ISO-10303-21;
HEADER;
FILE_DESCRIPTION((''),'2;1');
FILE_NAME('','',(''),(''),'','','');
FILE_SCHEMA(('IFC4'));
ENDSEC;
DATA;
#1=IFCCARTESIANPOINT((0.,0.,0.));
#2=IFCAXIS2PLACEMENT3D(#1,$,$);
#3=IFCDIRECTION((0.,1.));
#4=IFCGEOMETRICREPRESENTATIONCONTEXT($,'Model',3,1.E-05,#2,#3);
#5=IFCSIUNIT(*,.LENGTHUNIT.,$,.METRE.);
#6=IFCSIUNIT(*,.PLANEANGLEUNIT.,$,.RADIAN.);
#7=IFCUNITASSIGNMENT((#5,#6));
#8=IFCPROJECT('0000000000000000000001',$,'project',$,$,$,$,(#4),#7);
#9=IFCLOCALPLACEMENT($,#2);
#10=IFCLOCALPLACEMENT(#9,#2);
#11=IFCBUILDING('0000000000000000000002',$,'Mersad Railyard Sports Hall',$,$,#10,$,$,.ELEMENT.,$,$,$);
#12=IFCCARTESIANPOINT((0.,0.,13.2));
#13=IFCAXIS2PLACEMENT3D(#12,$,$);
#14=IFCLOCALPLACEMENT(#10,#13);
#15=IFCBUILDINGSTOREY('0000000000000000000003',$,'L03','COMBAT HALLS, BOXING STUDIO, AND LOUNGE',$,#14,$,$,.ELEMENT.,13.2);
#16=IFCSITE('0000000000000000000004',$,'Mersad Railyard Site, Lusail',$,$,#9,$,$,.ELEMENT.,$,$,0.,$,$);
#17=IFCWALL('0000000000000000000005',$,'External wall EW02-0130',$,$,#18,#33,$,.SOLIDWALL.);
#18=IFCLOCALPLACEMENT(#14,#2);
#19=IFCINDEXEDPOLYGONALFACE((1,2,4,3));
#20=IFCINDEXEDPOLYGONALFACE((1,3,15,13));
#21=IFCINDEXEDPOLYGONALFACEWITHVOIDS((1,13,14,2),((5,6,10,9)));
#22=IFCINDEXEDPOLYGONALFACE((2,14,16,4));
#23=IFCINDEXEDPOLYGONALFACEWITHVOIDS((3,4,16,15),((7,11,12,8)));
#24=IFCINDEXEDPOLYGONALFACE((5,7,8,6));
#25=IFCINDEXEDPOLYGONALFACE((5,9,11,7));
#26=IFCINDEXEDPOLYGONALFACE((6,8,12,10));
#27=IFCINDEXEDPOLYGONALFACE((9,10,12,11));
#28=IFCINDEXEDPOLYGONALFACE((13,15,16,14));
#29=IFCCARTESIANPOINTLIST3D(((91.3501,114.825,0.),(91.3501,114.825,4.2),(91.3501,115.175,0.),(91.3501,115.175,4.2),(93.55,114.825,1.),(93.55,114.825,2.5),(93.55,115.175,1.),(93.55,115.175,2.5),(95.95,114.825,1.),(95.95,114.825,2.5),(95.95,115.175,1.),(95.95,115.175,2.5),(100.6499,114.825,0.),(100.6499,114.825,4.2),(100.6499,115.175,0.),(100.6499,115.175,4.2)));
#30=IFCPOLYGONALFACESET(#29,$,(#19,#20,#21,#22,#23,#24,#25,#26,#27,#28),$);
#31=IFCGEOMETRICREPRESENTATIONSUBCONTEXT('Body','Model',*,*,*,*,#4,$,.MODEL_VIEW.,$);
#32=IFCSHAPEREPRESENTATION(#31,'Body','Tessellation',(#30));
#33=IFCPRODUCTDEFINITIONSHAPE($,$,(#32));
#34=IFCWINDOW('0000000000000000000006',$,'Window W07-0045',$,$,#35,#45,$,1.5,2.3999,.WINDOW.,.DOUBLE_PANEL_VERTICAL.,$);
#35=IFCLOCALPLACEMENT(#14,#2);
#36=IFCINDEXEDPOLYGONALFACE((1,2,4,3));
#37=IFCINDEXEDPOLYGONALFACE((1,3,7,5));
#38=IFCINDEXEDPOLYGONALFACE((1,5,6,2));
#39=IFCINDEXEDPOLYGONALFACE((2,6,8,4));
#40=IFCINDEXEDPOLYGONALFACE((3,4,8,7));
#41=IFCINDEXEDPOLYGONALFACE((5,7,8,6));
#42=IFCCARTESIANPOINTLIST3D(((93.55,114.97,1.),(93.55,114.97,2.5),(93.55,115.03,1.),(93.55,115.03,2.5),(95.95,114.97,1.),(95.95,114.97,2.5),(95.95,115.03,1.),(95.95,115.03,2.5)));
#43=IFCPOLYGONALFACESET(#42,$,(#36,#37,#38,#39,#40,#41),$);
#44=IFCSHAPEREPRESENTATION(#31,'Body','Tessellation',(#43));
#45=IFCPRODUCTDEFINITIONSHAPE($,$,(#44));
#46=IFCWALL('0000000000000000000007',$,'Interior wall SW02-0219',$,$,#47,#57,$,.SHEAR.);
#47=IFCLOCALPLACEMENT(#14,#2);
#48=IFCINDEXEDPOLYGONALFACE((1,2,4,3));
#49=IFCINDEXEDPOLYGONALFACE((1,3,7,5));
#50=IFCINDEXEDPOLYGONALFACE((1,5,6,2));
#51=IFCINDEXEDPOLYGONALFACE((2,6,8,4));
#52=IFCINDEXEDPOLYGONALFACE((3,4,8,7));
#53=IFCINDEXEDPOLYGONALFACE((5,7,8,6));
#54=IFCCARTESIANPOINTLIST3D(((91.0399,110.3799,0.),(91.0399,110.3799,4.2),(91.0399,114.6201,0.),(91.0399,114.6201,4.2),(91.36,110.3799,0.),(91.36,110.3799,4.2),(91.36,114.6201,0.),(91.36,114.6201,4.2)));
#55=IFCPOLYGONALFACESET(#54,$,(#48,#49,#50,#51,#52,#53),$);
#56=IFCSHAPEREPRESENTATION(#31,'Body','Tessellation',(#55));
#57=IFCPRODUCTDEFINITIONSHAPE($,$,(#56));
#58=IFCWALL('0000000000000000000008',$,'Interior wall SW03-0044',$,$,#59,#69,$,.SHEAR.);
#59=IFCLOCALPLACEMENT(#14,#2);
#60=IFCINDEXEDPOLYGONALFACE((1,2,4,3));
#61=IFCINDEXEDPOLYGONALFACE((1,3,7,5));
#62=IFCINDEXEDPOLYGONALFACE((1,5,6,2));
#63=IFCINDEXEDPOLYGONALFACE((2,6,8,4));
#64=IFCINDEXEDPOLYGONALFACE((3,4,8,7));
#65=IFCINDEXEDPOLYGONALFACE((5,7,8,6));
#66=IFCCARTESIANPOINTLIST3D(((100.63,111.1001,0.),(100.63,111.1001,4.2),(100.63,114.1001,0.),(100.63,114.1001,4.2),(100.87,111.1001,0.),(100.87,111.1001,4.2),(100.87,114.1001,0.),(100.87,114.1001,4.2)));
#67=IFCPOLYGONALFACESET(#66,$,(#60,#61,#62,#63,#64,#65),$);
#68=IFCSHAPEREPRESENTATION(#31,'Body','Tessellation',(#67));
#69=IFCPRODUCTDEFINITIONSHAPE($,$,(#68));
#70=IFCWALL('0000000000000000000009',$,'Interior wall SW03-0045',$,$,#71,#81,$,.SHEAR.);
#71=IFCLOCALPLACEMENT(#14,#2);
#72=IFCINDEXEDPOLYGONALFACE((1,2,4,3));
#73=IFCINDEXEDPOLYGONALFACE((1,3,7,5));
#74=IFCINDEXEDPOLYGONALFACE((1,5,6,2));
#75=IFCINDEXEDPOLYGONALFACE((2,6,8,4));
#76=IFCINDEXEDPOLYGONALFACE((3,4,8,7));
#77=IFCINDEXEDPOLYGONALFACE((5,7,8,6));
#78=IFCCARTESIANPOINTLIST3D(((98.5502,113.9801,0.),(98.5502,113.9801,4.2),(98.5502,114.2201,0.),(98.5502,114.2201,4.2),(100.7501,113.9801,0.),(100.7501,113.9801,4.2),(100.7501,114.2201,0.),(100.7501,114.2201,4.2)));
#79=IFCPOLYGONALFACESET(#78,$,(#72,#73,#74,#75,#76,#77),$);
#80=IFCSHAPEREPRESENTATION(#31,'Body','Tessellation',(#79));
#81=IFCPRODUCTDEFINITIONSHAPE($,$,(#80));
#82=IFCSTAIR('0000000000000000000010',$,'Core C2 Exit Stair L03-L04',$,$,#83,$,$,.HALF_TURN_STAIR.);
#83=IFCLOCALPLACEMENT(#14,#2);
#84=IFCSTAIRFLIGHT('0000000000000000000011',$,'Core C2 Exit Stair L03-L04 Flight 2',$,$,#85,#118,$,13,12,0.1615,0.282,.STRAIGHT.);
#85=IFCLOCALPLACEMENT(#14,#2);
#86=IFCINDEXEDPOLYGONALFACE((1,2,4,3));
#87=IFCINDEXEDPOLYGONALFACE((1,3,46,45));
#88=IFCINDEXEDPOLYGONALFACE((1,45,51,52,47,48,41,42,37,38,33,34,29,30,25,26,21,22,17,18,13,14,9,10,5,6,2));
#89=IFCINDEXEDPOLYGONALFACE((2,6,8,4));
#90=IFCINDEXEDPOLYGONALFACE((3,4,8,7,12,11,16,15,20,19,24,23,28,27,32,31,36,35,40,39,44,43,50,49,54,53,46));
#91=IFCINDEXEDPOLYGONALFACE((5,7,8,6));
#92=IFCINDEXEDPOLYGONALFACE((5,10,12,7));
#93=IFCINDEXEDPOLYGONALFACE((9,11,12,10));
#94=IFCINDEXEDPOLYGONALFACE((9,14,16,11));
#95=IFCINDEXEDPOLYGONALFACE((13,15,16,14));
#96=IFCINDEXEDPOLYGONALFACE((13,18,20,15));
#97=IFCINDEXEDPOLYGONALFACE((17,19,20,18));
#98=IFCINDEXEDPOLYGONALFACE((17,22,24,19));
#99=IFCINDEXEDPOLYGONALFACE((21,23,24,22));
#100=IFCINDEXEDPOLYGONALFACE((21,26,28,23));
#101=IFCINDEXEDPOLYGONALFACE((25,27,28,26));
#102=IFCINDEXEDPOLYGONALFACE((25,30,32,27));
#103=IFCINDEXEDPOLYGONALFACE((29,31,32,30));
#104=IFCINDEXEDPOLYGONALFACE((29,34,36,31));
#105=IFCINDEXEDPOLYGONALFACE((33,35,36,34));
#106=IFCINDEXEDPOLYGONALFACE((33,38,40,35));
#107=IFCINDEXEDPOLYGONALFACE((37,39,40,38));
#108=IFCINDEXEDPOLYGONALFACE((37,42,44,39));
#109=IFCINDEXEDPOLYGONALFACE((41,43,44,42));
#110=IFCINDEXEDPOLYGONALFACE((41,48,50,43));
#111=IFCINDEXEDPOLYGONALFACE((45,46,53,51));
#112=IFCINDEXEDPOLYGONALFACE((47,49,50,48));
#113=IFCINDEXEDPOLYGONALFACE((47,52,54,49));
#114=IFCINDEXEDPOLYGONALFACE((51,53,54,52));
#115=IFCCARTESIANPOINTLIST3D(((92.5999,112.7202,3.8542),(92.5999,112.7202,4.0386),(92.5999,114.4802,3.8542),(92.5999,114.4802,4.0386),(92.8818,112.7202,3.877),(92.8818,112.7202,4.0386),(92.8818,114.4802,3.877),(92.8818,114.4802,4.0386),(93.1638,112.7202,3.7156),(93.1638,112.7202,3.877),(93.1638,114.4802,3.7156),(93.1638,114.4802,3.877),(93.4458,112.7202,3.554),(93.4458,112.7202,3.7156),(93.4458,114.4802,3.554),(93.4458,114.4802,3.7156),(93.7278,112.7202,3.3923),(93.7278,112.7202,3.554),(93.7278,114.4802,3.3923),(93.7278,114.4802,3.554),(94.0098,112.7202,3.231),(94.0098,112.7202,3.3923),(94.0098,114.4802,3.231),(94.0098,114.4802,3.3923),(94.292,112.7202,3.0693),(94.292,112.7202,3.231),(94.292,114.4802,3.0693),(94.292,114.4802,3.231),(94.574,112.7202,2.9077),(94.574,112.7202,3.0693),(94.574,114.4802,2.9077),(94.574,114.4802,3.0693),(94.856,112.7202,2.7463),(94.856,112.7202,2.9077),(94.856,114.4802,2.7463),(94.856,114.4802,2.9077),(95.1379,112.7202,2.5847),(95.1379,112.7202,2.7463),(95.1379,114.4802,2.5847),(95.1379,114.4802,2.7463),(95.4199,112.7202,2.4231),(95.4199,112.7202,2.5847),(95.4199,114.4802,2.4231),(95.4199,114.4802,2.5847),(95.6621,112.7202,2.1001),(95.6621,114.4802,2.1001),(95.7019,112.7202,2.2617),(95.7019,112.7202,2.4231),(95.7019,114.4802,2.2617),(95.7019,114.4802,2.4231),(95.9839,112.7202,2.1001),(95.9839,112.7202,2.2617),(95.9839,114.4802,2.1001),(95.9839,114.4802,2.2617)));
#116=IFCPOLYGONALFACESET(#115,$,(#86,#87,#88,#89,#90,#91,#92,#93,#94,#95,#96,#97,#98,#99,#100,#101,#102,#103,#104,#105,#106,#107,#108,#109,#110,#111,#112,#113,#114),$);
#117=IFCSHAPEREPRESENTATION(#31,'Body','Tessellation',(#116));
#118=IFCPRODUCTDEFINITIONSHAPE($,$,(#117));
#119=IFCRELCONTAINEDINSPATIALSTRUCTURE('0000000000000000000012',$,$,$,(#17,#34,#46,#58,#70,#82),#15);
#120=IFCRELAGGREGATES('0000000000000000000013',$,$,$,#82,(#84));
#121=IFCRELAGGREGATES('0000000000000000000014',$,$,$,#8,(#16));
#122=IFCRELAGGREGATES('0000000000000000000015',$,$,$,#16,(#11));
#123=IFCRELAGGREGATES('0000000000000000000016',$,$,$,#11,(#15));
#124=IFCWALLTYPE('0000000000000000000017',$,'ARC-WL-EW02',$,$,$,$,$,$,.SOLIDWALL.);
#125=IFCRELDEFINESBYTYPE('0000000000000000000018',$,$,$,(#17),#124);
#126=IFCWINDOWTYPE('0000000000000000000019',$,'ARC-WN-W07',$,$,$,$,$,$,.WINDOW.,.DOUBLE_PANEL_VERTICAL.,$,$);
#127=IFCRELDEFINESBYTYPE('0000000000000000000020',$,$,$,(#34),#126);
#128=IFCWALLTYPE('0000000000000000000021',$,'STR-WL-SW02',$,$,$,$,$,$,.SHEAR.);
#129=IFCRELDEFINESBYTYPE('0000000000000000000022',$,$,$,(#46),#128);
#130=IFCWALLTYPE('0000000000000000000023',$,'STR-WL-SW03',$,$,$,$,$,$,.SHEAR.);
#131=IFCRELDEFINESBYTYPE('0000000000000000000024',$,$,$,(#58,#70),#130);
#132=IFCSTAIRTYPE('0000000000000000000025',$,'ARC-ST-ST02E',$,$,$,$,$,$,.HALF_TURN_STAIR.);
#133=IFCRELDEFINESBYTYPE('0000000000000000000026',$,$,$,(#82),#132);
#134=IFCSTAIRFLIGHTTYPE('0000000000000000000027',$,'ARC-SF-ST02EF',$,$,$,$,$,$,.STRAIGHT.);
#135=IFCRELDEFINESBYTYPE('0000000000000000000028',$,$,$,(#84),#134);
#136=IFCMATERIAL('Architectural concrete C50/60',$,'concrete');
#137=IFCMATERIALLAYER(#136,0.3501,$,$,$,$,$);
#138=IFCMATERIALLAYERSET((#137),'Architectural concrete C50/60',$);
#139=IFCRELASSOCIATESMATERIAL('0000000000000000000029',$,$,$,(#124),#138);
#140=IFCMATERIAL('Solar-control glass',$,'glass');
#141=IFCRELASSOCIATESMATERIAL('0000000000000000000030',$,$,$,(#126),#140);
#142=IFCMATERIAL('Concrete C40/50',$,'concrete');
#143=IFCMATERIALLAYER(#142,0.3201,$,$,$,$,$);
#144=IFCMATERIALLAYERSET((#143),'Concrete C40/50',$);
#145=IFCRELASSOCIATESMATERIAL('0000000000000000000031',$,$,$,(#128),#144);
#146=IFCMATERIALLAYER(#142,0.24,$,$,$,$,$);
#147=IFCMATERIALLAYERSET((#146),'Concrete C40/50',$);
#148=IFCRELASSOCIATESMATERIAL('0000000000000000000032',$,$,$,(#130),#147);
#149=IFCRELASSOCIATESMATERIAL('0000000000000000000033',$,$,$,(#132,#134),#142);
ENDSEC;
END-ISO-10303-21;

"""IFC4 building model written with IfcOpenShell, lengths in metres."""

from ifc_helpers import new_model, si_unit, direction, frame, frame_2d, origin, place, context, subcontext, project, spatial, polyline, rectangle, outline, extrude, material, layer, layer_set, type_object, element, fill, aggregate, save


model = new_model("IFC4")

# Units and contexts
model_context = context("Model", 3, precision=1e-05, world=origin(), true_north=direction((0.0, 1.0)))
body_context = subcontext(model_context, "Body", "Model", "MODEL_VIEW")
ifc_project = project(units=[si_unit("LENGTHUNIT", "METRE"), si_unit("PLANEANGLEUNIT", "RADIAN")], contexts=[model_context])

# Site, building, storey
site_placement = place(None, origin())
site = spatial("IfcSite", under=ifc_project, at=site_placement, Name="Mersad Railyard Site, Lusail", CompositionType="ELEMENT", RefElevation=0.0)
building_placement = place(site_placement, origin())
building = spatial("IfcBuilding", under=site, at=building_placement, Name="Mersad Railyard Sports Hall", CompositionType="ELEMENT")
storey_placement = place(building_placement, frame((0.0, 0.0, 13.2)))
storey = spatial("IfcBuildingStorey", under=building, at=storey_placement, Name="L03", Description="COMBAT HALLS, BOXING STUDIO, AND LOUNGE", CompositionType="ELEMENT", Elevation=13.2)

# Shared definitions
ifc_material_1 = material(Name="Solar-control glass", Category="glass")

# Wall, opening, window
ifc_material_2 = material(Name="Architectural concrete C50/60", Category="concrete")
ifc_layer_1 = layer(ifc_material_2, 0.3501)
ifc_layer_set_1 = layer_set([ifc_layer_1], Name="Architectural concrete C50/60")
wall_type_1 = type_object("IfcWallType", Name="ARC-WL-EW02", PredefinedType="SOLIDWALL", material=ifc_layer_set_1)
wall_1_placement = place(storey_placement, frame((91.3501, 115.0, 0.0), z_axis=(0.0, 0.0, 1.0), x_axis=(1.0, 0.0, 0.0)))
wall_1 = element("IfcWall", 1, at=wall_1_placement, inside=storey, type_object=wall_type_1, Name="External wall EW02-0130", PredefinedType="SOLIDWALL", context=body_context, shape_type="SweptSolid", body=[
    extrude(rectangle(XDim=9.2998, YDim=0.3501, at=frame_2d((4.6499, 0.0))), origin(), (0.0, 0.0, 1.0), 4.2),
])
opening_placement = place(wall_1_placement, frame((2.2, 0.0, 1.0)))
opening = element("IfcOpeningElement", 2, at=opening_placement, cuts=wall_1, PredefinedType="OPENING", context=body_context, shape_type="SweptSolid", body=[
    extrude(rectangle(XDim=2.3999, YDim=1.5, at=frame_2d((1.2, 0.75))), frame((0.0, 0.1851, 0.0), z_axis=(0.0, -1.0, 0.0), x_axis=(1.0, 0.0, 0.0)), (0.0, 0.0, 1.0), 0.3701),
])
window_type = type_object("IfcWindowType", Name="ARC-WN-W07", PartitioningType="DOUBLE_PANEL_VERTICAL", PredefinedType="WINDOW", material=ifc_material_1)
window_placement = place(opening_placement, origin())
window = element("IfcWindow", 3, at=window_placement, inside=storey, type_object=window_type, Name="Window W07-0045", OverallHeight=1.5, OverallWidth=2.3999, PartitioningType="DOUBLE_PANEL_VERTICAL", PredefinedType="WINDOW", context=body_context, shape_type="SweptSolid", body=[
    extrude(rectangle(XDim=2.3999, YDim=1.5, at=frame_2d((1.2, 0.75))), frame((0.0, 0.03, 0.0), z_axis=(0.0, -1.0, 0.0), x_axis=(1.0, 0.0, 0.0)), (0.0, 0.0, 1.0), 0.0601),
])
fill(opening, window)

# Walls
ifc_material_3 = material(Name="Concrete C40/50", Category="concrete")
ifc_layer_2 = layer(ifc_material_3, 0.3201)
ifc_layer_set_2 = layer_set([ifc_layer_2], Name="Concrete C40/50")
wall_type_2 = type_object("IfcWallType", Name="STR-WL-SW02", PredefinedType="SHEAR", material=ifc_layer_set_2)
wall_2_placement = place(storey_placement, frame((91.2, 114.6201, 0.0), z_axis=(0.0, 0.0, 1.0), x_axis=(0.0, -1.0, 0.0)))
element("IfcWall", 4, at=wall_2_placement, inside=storey, type_object=wall_type_2, Name="Interior wall SW02-0219", PredefinedType="SHEAR", context=body_context, shape_type="SweptSolid", body=[
    extrude(rectangle(XDim=4.2402, YDim=0.3201, at=frame_2d((2.1201, 0.0))), origin(), (0.0, 0.0, 1.0), 4.2),
])
ifc_layer_3 = layer(ifc_material_3, 0.24)
ifc_layer_set_3 = layer_set([ifc_layer_3], Name="Concrete C40/50")
wall_type_3 = type_object("IfcWallType", Name="STR-WL-SW03", PredefinedType="SHEAR", material=ifc_layer_set_3)
wall_3_placement = place(storey_placement, frame((100.75, 114.1001, 0.0), z_axis=(0.0, 0.0, 1.0), x_axis=(0.0, -1.0, 0.0)))
element("IfcWall", 5, at=wall_3_placement, inside=storey, type_object=wall_type_3, Name="Interior wall SW03-0044", PredefinedType="SHEAR", context=body_context, shape_type="SweptSolid", body=[
    extrude(rectangle(XDim=3.0, YDim=0.24, at=frame_2d((1.5, 0.0))), origin(), (0.0, 0.0, 1.0), 4.2),
])
wall_4_placement = place(storey_placement, frame((98.55, 114.1001, 0.0), z_axis=(0.0, 0.0, 1.0), x_axis=(1.0, 0.0, 0.0)))
element("IfcWall", 6, at=wall_4_placement, inside=storey, type_object=wall_type_3, Name="Interior wall SW03-0045", PredefinedType="SHEAR", context=body_context, shape_type="SweptSolid", body=[
    extrude(rectangle(XDim=2.2, YDim=0.24, at=frame_2d((1.1001, 0.0))), origin(), (0.0, 0.0, 1.0), 4.2),
])

# Stair, stair flight
stair_type = type_object("IfcStairType", Name="ARC-ST-ST02E", PredefinedType="HALF_TURN_STAIR", material=ifc_material_3)
stair_placement = place(storey_placement, origin())
stair = element("IfcStair", 7, at=stair_placement, inside=storey, type_object=stair_type, Name="Core C2 Exit Stair L03-L04", PredefinedType="HALF_TURN_STAIR")
stair_flight_type = type_object("IfcStairFlightType", Name="ARC-SF-ST02EF", PredefinedType="STRAIGHT", material=ifc_material_3)
stair_flight_placement = place(storey_placement, frame((95.9839, 113.6001, 2.1001), z_axis=(0.0, 0.0, 1.0), x_axis=(-1.0, 0.0, 0.0)))
stair_flight = element("IfcStairFlight", 8, at=stair_flight_placement, type_object=stair_flight_type, Name="Core C2 Exit Stair L03-L04 Flight 2", NumberOfRisers=13, NumberOfTreads=12, PredefinedType="STRAIGHT", RiserHeight=0.1615, TreadLength=0.282, context=body_context, shape_type="SweptSolid", body=[
    extrude(outline(polyline([(0.0, 0.0), (0.0, 0.1616), (0.282, 0.1616), (0.282, 0.323), (0.564, 0.323), (0.564, 0.4846), (0.8459, 0.4846), (0.8459, 0.6462), (1.1279, 0.6462), (1.1279, 0.8076), (1.4099, 0.8076), (1.4099, 0.9692), (1.6919, 0.9692), (1.6919, 1.1309), (1.9741, 1.1309), (1.9741, 1.2922), (2.2561, 1.2922), (2.2561, 1.4539), (2.5381, 1.4539), (2.5381, 1.6155), (2.8201, 1.6155), (2.8201, 1.7769), (3.1021, 1.7769), (3.1021, 1.9385), (3.384, 1.9385), (3.384, 2.1001), (3.384, 1.7542), (0.3218, 0.0), (0.0, 0.0)])), frame((0.0, 0.8799, 0.0), z_axis=(0.0, -1.0, 0.0), x_axis=(1.0, 0.0, 0.0)), (0.0, 0.0, 1.0), 1.76),
])
aggregate(stair, [stair_flight])

save(model, "model.ifc")
